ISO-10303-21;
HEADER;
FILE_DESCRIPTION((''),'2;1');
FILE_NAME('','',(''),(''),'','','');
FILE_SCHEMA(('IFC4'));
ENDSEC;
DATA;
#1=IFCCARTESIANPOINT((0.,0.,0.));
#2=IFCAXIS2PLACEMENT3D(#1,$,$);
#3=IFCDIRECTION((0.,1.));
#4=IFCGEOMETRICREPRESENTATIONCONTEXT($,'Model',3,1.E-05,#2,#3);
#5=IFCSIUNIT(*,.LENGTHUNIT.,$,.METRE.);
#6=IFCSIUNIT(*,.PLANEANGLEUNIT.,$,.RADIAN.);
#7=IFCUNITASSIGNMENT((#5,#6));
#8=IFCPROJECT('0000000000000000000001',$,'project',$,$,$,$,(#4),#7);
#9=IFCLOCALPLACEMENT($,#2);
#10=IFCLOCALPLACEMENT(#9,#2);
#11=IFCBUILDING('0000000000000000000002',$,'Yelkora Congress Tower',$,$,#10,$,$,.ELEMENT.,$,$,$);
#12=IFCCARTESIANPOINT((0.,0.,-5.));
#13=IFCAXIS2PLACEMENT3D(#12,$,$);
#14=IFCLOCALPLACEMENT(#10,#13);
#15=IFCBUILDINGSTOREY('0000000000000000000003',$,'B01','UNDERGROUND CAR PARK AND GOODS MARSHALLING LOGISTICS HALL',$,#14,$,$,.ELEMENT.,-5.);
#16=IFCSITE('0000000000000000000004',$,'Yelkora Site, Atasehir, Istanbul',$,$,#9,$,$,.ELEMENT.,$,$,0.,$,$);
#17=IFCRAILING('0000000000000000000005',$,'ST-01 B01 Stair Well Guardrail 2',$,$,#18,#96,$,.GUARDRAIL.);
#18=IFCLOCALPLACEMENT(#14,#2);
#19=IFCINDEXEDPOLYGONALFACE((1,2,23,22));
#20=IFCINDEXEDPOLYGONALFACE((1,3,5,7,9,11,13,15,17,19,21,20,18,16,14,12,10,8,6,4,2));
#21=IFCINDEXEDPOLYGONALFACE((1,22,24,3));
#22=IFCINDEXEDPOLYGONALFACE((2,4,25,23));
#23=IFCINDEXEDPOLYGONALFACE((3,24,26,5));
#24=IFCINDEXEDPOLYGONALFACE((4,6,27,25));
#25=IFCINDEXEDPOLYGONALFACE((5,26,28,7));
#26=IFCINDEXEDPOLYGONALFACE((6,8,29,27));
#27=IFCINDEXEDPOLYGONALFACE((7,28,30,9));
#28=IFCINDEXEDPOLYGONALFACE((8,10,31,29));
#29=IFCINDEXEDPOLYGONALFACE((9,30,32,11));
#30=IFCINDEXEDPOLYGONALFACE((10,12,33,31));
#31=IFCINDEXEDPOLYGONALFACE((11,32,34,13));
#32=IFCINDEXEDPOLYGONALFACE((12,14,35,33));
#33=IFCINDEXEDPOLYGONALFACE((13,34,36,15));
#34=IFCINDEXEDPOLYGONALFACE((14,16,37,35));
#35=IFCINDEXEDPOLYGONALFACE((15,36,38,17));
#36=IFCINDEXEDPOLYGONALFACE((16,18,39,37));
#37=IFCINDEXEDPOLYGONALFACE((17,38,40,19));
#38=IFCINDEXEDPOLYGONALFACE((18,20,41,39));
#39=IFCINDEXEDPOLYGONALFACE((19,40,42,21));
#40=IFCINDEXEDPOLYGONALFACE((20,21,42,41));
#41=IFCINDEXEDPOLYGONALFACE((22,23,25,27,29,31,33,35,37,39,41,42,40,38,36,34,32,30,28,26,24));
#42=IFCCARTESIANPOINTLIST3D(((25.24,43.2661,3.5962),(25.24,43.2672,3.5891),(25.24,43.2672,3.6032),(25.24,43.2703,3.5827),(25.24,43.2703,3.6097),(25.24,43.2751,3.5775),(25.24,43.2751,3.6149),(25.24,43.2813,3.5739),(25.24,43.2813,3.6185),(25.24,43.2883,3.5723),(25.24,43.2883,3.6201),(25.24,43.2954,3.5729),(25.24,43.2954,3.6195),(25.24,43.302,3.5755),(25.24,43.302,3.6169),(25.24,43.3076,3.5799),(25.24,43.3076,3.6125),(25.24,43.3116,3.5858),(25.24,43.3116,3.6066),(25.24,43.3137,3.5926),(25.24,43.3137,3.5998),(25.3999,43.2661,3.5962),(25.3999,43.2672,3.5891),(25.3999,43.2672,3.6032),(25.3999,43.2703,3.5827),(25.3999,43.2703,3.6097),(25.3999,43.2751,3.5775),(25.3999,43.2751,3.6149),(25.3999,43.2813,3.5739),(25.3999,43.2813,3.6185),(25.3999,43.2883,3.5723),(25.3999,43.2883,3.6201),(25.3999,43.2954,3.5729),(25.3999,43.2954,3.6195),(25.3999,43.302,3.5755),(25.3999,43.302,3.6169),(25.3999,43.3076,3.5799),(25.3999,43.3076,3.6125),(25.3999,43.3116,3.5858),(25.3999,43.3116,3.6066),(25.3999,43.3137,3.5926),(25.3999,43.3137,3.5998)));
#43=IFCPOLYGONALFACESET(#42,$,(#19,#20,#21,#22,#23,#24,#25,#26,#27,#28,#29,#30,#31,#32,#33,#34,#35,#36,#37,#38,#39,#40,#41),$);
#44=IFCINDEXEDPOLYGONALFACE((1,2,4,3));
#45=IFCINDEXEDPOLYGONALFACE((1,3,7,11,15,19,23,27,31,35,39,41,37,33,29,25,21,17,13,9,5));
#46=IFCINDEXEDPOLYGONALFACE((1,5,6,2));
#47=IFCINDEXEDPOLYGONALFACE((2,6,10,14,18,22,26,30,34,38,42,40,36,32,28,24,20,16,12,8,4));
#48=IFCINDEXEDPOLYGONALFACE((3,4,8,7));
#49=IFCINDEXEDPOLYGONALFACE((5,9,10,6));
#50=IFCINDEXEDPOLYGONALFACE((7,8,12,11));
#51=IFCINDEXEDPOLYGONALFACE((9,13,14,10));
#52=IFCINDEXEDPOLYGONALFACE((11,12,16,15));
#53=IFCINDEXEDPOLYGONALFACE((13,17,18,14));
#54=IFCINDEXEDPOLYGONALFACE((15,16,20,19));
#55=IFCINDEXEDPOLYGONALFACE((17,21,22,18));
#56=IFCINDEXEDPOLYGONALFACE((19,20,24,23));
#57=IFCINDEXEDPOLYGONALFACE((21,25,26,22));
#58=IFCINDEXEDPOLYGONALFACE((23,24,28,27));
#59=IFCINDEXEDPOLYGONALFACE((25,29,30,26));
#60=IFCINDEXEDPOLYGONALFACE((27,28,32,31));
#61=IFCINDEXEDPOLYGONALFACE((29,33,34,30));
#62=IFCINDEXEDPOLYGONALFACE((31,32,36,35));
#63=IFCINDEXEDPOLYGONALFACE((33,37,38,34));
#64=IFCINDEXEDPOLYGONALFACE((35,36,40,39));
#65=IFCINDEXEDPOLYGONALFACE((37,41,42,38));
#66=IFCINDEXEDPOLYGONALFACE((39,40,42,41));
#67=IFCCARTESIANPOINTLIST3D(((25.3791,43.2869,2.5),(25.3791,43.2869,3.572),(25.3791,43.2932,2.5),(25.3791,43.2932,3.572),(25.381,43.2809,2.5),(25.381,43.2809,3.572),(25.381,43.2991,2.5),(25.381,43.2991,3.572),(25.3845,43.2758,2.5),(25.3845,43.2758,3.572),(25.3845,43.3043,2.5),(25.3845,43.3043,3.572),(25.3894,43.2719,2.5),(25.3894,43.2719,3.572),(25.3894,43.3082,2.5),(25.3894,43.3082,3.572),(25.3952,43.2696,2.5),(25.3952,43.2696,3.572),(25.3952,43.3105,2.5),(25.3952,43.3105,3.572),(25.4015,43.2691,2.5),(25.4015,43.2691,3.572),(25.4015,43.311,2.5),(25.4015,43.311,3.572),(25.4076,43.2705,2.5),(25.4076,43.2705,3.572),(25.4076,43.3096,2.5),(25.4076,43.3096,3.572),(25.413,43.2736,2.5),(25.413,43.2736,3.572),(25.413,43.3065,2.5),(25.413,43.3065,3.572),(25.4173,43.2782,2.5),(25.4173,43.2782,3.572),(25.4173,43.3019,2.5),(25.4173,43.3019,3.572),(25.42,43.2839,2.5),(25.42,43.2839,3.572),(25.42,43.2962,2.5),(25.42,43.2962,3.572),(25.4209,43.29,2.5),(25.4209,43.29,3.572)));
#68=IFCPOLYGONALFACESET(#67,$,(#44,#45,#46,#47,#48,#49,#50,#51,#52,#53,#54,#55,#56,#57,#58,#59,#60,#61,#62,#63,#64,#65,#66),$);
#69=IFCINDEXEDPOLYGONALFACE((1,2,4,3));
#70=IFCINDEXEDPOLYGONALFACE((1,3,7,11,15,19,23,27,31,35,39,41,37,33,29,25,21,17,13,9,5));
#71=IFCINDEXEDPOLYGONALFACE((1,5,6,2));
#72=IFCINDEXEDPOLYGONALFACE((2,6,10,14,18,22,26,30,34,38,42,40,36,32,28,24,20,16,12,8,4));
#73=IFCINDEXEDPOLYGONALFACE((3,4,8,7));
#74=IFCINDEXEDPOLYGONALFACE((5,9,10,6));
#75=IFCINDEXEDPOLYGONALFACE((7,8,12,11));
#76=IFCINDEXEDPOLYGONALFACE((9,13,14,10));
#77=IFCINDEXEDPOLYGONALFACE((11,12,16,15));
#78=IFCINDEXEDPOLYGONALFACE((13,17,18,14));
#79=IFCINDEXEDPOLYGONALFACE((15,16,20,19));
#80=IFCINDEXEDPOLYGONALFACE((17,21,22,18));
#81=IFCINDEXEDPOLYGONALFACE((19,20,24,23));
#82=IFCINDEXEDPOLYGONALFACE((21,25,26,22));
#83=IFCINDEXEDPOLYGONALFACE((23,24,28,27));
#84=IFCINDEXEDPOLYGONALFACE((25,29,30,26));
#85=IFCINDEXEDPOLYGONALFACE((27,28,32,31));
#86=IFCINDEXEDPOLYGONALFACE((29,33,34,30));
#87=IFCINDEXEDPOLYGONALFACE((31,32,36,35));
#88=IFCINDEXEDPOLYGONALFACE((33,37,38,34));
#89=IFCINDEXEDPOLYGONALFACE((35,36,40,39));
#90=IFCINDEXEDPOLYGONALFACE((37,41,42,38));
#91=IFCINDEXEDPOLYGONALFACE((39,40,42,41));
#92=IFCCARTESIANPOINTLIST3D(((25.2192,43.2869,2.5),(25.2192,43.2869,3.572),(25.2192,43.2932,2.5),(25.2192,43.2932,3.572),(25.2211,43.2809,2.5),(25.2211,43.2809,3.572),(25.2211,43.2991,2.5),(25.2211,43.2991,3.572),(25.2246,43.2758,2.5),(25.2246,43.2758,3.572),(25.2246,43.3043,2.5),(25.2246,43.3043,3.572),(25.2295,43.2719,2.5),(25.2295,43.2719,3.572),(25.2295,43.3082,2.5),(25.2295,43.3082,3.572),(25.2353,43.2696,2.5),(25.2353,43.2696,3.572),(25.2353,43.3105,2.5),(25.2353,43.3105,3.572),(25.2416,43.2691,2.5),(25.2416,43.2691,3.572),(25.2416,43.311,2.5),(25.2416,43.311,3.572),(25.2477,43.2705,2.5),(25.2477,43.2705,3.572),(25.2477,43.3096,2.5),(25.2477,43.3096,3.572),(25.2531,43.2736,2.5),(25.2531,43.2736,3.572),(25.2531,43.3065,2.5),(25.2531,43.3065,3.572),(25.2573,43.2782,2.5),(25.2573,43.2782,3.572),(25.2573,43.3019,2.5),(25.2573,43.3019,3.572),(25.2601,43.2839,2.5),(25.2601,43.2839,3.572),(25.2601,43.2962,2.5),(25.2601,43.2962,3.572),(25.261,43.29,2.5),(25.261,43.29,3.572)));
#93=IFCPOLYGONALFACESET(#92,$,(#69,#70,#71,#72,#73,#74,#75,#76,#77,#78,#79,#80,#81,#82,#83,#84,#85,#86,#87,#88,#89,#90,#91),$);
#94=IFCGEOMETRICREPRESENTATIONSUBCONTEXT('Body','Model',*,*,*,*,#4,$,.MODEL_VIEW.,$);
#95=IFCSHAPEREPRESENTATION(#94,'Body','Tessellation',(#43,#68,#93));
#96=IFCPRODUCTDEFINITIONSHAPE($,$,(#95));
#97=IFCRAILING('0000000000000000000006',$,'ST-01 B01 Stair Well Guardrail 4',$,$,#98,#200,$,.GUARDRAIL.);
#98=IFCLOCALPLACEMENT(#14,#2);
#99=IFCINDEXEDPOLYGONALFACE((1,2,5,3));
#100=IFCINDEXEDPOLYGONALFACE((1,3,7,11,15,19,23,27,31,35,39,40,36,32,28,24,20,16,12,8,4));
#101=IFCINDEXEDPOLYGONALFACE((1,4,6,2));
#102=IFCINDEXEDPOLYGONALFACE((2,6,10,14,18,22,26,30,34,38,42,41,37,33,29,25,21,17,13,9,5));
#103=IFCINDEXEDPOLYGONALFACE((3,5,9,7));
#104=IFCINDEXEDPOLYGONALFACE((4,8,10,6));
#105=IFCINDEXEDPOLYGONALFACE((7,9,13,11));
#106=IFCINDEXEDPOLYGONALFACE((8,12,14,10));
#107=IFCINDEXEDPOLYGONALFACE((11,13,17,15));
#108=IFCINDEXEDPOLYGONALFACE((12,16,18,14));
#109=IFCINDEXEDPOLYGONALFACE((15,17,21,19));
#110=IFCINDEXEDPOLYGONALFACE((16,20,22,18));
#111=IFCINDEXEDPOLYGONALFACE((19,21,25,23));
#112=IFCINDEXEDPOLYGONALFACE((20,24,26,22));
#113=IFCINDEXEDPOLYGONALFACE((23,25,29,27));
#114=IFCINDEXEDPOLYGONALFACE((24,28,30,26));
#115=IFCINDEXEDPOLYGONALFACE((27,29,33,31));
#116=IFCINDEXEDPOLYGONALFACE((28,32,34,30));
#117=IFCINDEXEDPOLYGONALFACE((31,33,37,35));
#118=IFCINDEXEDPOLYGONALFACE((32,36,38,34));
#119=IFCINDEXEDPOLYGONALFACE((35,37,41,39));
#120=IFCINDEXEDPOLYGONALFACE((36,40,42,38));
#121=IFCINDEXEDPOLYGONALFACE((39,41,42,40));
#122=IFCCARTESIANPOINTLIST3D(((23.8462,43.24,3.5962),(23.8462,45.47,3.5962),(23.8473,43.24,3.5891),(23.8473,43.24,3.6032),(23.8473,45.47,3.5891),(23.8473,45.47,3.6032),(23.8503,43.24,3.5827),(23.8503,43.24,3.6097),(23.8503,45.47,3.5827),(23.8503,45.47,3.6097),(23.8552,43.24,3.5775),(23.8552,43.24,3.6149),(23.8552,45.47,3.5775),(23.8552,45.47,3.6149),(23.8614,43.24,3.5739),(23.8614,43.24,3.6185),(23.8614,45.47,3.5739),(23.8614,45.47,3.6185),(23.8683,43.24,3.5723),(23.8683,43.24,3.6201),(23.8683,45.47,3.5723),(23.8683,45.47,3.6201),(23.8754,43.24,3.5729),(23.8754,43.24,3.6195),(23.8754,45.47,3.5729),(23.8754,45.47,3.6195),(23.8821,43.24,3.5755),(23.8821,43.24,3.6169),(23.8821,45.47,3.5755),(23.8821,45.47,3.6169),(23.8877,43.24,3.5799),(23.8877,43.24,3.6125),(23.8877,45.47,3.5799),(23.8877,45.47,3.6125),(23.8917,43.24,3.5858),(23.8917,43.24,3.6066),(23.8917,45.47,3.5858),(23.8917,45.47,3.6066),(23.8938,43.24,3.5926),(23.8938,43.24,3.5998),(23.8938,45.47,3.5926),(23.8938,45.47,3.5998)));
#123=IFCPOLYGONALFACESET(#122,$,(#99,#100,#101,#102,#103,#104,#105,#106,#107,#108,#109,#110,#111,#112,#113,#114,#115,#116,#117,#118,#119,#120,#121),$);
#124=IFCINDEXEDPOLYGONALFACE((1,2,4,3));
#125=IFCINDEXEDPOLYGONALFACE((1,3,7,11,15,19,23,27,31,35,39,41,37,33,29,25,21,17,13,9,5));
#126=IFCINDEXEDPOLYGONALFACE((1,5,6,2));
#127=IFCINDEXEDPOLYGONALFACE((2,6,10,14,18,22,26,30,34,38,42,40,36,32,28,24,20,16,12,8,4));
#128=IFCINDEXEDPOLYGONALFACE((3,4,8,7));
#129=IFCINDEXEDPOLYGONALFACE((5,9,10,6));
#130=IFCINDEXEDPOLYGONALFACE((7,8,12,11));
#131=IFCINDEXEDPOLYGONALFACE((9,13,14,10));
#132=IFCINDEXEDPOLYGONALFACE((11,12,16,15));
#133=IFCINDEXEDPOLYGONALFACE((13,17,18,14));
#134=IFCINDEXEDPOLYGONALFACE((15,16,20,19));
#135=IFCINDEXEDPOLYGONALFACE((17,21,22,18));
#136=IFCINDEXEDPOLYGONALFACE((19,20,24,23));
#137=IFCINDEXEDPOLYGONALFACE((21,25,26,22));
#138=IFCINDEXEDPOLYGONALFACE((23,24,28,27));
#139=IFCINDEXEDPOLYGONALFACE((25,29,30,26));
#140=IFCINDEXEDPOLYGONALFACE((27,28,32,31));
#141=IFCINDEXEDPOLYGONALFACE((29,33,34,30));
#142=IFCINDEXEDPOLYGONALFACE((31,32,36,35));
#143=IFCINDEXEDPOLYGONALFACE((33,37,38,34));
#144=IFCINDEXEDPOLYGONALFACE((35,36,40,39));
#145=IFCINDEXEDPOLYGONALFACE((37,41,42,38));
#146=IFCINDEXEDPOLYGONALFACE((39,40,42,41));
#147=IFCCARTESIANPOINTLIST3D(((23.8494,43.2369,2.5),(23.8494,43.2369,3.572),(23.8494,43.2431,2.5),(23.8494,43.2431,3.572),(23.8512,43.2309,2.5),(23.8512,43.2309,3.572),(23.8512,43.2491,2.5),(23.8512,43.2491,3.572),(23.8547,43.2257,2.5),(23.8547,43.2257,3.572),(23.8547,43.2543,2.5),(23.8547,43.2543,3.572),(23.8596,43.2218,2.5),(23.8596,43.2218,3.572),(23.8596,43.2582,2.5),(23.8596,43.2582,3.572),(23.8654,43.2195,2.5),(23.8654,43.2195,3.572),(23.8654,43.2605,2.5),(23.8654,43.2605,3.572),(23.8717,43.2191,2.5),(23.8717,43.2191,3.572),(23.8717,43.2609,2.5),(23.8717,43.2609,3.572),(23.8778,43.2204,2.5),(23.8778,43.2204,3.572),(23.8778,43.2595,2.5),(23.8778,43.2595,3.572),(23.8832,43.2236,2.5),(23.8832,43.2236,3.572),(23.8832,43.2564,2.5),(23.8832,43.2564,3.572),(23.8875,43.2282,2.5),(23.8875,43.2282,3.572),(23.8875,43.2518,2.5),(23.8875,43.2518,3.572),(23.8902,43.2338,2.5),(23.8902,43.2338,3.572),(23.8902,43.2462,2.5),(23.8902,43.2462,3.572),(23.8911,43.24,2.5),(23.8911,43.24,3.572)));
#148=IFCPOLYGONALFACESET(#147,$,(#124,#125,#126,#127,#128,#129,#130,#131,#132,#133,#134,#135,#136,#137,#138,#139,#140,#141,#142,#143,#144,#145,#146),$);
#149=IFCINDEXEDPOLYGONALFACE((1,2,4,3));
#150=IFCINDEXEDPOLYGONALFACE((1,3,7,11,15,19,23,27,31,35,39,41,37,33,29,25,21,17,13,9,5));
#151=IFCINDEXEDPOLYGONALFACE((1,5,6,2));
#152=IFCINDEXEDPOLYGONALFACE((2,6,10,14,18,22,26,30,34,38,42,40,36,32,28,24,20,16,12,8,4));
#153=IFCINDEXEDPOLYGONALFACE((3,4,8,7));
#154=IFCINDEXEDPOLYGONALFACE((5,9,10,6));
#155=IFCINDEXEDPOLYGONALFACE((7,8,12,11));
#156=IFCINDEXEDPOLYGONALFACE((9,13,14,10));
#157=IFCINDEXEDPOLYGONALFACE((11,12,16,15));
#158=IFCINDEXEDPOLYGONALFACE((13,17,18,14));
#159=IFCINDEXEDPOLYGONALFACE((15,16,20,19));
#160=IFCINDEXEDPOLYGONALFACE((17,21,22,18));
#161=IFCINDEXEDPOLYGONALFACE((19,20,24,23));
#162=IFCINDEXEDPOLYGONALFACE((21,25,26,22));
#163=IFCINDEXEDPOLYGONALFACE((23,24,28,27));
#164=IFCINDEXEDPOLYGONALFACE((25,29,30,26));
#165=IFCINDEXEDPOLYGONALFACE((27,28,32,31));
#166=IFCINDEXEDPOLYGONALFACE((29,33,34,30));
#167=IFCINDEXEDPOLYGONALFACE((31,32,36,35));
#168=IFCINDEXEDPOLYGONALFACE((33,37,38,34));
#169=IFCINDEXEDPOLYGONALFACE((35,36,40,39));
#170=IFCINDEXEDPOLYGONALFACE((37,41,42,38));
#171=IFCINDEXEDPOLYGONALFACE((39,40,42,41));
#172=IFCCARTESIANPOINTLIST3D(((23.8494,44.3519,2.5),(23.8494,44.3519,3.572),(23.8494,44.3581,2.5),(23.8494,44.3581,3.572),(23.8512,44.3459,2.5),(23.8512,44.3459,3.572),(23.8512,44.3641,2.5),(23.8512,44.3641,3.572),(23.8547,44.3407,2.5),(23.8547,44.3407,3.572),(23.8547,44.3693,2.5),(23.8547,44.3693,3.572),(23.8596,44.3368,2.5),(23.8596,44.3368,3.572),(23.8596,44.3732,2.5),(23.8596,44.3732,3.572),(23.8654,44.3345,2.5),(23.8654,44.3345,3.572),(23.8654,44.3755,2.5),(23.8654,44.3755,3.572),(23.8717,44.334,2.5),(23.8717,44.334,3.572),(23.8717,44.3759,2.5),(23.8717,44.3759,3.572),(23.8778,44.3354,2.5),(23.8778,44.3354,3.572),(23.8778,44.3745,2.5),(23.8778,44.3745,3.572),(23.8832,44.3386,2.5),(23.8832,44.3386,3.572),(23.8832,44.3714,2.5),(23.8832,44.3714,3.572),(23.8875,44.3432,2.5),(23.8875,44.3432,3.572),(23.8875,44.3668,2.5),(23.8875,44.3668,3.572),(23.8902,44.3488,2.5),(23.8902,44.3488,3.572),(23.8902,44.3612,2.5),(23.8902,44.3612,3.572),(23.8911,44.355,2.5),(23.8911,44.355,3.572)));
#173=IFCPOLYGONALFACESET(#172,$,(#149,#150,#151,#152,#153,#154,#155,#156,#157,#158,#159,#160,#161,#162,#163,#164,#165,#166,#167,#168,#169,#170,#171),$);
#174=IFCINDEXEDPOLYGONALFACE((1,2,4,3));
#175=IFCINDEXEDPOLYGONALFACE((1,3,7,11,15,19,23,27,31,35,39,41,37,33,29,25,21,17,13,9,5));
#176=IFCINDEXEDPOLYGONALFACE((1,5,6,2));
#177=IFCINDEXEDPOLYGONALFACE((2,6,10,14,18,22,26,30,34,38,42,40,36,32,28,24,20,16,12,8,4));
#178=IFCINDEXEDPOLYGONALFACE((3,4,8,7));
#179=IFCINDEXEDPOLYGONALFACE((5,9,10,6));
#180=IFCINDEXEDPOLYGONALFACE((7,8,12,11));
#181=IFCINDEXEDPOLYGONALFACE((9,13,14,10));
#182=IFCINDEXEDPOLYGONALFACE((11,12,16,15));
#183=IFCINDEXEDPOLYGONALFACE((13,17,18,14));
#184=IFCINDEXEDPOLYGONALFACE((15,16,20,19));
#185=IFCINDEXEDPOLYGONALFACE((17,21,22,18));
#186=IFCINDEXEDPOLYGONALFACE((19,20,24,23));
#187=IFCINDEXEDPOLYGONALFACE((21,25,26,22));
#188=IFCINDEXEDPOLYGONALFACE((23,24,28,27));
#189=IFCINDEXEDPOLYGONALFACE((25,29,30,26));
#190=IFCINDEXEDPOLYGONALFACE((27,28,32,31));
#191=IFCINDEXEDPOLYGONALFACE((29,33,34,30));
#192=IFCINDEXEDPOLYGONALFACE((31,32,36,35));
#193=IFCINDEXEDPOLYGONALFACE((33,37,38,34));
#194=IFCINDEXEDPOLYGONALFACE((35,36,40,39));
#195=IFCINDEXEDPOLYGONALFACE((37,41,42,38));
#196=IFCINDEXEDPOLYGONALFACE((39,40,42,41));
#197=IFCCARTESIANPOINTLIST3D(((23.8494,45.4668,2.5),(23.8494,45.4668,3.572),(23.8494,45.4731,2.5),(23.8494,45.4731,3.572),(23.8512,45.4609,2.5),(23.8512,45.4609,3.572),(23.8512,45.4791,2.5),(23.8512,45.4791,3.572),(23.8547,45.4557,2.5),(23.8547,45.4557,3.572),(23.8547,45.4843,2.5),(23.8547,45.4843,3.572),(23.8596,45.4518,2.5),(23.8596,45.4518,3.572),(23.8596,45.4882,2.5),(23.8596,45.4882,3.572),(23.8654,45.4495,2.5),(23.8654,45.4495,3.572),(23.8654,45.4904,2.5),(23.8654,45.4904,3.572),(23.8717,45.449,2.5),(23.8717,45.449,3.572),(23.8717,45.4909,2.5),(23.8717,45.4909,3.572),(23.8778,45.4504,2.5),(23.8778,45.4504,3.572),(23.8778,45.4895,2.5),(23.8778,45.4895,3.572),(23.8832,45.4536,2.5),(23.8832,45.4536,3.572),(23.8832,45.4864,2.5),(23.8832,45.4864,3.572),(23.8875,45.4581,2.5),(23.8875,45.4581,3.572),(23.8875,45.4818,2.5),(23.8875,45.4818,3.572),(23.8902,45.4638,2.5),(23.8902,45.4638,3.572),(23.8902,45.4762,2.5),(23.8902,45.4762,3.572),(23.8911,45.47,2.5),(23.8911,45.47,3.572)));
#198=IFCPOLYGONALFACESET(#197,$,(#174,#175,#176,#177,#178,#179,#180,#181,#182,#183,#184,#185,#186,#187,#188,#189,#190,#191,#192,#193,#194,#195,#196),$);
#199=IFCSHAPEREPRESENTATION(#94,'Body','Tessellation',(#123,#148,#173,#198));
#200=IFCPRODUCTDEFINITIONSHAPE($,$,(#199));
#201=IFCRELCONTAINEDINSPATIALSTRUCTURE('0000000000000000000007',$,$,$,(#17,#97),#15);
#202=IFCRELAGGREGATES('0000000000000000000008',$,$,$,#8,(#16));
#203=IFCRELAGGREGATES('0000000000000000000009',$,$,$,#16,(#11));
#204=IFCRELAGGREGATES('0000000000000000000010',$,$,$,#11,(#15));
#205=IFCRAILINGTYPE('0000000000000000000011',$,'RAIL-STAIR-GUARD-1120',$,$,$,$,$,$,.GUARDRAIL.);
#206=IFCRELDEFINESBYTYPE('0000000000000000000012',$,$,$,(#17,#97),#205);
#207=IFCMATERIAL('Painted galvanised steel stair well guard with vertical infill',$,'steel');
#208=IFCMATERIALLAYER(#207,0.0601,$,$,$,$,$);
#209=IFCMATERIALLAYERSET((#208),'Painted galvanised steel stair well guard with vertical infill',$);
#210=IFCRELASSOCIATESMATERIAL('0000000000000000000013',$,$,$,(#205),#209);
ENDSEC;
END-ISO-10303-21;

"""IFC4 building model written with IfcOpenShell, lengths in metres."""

from ifc_helpers import new_model, si_unit, direction, frame, origin, origin_2d, place, context, subcontext, project, spatial, circle, extrude, material, layer, layer_set, type_object, element, save


model = new_model("IFC4")

# Units and contexts
model_context = context("Model", 3, precision=1e-05, world=origin(), true_north=direction((0.0, 1.0)))
body_context = subcontext(model_context, "Body", "Model", "MODEL_VIEW")
ifc_project = project(units=[si_unit("LENGTHUNIT", "METRE"), si_unit("PLANEANGLEUNIT", "RADIAN")], contexts=[model_context])

# Site, building, storey
site_placement = place(None, origin())
site = spatial("IfcSite", under=ifc_project, at=site_placement, Name="Yelkora Site, Atasehir, Istanbul", CompositionType="ELEMENT", RefElevation=0.0)
building_placement = place(site_placement, origin())
building = spatial("IfcBuilding", under=site, at=building_placement, Name="Yelkora Congress Tower", CompositionType="ELEMENT")
storey_placement = place(building_placement, frame((0.0, 0.0, -5.0)))
storey = spatial("IfcBuildingStorey", under=building, at=storey_placement, Name="B01", Description="UNDERGROUND CAR PARK AND GOODS MARSHALLING LOGISTICS HALL", CompositionType="ELEMENT", Elevation=-5.0)

# Railings
ifc_material_1 = material(Name="Painted galvanised steel stair well guard with vertical infill", Category="steel")
ifc_layer_1 = layer(ifc_material_1, 0.0601)
ifc_layer_set_1 = layer_set([ifc_layer_1], Name="Painted galvanised steel stair well guard with vertical infill")
railing_type_1 = type_object("IfcRailingType", Name="RAIL-STAIR-GUARD-1120", PredefinedType="GUARDRAIL", material=ifc_layer_set_1)
railing_1_placement = place(storey_placement, frame((25.3999, 43.29, 2.5)))
element("IfcRailing", 1, at=railing_1_placement, inside=storey, type_object=railing_type_1, Name="ST-01 B01 Stair Well Guardrail 2", PredefinedType="GUARDRAIL", context=body_context, shape_type="SweptSolid", body=[
    extrude(circle(Radius=0.0239, at=origin_2d()), frame((0.0, 0.0, 1.0962), z_axis=(-1.0, 0.0, 0.0), x_axis=(0.0, -1.0, 0.0)), (0.0, 0.0, 1.0), 0.1599),
    extrude(circle(Radius=0.021, at=origin_2d()), origin(), (0.0, 0.0, 1.0), 1.072),
    extrude(circle(Radius=0.021, at=origin_2d()), frame((-0.1599, 0.0, 0.0)), (0.0, 0.0, 1.0), 1.072),
])
railing_2_placement = place(storey_placement, frame((23.8701, 43.24, 2.5)))
element("IfcRailing", 2, at=railing_2_placement, inside=storey, type_object=railing_type_1, Name="ST-01 B01 Stair Well Guardrail 4", PredefinedType="GUARDRAIL", context=body_context, shape_type="SweptSolid", body=[
    extrude(circle(Radius=0.0239, at=origin_2d()), frame((0.0, 0.0, 1.0962), z_axis=(0.0, 1.0, 0.0), x_axis=(-1.0, 0.0, 0.0)), (0.0, 0.0, 1.0), 2.23),
    extrude(circle(Radius=0.021, at=origin_2d()), origin(), (0.0, 0.0, 1.0), 1.072),
    extrude(circle(Radius=0.021, at=origin_2d()), frame((0.0, 1.115, 0.0)), (0.0, 0.0, 1.0), 1.072),
    extrude(circle(Radius=0.021, at=origin_2d()), frame((0.0, 2.23, 0.0)), (0.0, 0.0, 1.0), 1.072),
])

save(model, "model.ifc")
